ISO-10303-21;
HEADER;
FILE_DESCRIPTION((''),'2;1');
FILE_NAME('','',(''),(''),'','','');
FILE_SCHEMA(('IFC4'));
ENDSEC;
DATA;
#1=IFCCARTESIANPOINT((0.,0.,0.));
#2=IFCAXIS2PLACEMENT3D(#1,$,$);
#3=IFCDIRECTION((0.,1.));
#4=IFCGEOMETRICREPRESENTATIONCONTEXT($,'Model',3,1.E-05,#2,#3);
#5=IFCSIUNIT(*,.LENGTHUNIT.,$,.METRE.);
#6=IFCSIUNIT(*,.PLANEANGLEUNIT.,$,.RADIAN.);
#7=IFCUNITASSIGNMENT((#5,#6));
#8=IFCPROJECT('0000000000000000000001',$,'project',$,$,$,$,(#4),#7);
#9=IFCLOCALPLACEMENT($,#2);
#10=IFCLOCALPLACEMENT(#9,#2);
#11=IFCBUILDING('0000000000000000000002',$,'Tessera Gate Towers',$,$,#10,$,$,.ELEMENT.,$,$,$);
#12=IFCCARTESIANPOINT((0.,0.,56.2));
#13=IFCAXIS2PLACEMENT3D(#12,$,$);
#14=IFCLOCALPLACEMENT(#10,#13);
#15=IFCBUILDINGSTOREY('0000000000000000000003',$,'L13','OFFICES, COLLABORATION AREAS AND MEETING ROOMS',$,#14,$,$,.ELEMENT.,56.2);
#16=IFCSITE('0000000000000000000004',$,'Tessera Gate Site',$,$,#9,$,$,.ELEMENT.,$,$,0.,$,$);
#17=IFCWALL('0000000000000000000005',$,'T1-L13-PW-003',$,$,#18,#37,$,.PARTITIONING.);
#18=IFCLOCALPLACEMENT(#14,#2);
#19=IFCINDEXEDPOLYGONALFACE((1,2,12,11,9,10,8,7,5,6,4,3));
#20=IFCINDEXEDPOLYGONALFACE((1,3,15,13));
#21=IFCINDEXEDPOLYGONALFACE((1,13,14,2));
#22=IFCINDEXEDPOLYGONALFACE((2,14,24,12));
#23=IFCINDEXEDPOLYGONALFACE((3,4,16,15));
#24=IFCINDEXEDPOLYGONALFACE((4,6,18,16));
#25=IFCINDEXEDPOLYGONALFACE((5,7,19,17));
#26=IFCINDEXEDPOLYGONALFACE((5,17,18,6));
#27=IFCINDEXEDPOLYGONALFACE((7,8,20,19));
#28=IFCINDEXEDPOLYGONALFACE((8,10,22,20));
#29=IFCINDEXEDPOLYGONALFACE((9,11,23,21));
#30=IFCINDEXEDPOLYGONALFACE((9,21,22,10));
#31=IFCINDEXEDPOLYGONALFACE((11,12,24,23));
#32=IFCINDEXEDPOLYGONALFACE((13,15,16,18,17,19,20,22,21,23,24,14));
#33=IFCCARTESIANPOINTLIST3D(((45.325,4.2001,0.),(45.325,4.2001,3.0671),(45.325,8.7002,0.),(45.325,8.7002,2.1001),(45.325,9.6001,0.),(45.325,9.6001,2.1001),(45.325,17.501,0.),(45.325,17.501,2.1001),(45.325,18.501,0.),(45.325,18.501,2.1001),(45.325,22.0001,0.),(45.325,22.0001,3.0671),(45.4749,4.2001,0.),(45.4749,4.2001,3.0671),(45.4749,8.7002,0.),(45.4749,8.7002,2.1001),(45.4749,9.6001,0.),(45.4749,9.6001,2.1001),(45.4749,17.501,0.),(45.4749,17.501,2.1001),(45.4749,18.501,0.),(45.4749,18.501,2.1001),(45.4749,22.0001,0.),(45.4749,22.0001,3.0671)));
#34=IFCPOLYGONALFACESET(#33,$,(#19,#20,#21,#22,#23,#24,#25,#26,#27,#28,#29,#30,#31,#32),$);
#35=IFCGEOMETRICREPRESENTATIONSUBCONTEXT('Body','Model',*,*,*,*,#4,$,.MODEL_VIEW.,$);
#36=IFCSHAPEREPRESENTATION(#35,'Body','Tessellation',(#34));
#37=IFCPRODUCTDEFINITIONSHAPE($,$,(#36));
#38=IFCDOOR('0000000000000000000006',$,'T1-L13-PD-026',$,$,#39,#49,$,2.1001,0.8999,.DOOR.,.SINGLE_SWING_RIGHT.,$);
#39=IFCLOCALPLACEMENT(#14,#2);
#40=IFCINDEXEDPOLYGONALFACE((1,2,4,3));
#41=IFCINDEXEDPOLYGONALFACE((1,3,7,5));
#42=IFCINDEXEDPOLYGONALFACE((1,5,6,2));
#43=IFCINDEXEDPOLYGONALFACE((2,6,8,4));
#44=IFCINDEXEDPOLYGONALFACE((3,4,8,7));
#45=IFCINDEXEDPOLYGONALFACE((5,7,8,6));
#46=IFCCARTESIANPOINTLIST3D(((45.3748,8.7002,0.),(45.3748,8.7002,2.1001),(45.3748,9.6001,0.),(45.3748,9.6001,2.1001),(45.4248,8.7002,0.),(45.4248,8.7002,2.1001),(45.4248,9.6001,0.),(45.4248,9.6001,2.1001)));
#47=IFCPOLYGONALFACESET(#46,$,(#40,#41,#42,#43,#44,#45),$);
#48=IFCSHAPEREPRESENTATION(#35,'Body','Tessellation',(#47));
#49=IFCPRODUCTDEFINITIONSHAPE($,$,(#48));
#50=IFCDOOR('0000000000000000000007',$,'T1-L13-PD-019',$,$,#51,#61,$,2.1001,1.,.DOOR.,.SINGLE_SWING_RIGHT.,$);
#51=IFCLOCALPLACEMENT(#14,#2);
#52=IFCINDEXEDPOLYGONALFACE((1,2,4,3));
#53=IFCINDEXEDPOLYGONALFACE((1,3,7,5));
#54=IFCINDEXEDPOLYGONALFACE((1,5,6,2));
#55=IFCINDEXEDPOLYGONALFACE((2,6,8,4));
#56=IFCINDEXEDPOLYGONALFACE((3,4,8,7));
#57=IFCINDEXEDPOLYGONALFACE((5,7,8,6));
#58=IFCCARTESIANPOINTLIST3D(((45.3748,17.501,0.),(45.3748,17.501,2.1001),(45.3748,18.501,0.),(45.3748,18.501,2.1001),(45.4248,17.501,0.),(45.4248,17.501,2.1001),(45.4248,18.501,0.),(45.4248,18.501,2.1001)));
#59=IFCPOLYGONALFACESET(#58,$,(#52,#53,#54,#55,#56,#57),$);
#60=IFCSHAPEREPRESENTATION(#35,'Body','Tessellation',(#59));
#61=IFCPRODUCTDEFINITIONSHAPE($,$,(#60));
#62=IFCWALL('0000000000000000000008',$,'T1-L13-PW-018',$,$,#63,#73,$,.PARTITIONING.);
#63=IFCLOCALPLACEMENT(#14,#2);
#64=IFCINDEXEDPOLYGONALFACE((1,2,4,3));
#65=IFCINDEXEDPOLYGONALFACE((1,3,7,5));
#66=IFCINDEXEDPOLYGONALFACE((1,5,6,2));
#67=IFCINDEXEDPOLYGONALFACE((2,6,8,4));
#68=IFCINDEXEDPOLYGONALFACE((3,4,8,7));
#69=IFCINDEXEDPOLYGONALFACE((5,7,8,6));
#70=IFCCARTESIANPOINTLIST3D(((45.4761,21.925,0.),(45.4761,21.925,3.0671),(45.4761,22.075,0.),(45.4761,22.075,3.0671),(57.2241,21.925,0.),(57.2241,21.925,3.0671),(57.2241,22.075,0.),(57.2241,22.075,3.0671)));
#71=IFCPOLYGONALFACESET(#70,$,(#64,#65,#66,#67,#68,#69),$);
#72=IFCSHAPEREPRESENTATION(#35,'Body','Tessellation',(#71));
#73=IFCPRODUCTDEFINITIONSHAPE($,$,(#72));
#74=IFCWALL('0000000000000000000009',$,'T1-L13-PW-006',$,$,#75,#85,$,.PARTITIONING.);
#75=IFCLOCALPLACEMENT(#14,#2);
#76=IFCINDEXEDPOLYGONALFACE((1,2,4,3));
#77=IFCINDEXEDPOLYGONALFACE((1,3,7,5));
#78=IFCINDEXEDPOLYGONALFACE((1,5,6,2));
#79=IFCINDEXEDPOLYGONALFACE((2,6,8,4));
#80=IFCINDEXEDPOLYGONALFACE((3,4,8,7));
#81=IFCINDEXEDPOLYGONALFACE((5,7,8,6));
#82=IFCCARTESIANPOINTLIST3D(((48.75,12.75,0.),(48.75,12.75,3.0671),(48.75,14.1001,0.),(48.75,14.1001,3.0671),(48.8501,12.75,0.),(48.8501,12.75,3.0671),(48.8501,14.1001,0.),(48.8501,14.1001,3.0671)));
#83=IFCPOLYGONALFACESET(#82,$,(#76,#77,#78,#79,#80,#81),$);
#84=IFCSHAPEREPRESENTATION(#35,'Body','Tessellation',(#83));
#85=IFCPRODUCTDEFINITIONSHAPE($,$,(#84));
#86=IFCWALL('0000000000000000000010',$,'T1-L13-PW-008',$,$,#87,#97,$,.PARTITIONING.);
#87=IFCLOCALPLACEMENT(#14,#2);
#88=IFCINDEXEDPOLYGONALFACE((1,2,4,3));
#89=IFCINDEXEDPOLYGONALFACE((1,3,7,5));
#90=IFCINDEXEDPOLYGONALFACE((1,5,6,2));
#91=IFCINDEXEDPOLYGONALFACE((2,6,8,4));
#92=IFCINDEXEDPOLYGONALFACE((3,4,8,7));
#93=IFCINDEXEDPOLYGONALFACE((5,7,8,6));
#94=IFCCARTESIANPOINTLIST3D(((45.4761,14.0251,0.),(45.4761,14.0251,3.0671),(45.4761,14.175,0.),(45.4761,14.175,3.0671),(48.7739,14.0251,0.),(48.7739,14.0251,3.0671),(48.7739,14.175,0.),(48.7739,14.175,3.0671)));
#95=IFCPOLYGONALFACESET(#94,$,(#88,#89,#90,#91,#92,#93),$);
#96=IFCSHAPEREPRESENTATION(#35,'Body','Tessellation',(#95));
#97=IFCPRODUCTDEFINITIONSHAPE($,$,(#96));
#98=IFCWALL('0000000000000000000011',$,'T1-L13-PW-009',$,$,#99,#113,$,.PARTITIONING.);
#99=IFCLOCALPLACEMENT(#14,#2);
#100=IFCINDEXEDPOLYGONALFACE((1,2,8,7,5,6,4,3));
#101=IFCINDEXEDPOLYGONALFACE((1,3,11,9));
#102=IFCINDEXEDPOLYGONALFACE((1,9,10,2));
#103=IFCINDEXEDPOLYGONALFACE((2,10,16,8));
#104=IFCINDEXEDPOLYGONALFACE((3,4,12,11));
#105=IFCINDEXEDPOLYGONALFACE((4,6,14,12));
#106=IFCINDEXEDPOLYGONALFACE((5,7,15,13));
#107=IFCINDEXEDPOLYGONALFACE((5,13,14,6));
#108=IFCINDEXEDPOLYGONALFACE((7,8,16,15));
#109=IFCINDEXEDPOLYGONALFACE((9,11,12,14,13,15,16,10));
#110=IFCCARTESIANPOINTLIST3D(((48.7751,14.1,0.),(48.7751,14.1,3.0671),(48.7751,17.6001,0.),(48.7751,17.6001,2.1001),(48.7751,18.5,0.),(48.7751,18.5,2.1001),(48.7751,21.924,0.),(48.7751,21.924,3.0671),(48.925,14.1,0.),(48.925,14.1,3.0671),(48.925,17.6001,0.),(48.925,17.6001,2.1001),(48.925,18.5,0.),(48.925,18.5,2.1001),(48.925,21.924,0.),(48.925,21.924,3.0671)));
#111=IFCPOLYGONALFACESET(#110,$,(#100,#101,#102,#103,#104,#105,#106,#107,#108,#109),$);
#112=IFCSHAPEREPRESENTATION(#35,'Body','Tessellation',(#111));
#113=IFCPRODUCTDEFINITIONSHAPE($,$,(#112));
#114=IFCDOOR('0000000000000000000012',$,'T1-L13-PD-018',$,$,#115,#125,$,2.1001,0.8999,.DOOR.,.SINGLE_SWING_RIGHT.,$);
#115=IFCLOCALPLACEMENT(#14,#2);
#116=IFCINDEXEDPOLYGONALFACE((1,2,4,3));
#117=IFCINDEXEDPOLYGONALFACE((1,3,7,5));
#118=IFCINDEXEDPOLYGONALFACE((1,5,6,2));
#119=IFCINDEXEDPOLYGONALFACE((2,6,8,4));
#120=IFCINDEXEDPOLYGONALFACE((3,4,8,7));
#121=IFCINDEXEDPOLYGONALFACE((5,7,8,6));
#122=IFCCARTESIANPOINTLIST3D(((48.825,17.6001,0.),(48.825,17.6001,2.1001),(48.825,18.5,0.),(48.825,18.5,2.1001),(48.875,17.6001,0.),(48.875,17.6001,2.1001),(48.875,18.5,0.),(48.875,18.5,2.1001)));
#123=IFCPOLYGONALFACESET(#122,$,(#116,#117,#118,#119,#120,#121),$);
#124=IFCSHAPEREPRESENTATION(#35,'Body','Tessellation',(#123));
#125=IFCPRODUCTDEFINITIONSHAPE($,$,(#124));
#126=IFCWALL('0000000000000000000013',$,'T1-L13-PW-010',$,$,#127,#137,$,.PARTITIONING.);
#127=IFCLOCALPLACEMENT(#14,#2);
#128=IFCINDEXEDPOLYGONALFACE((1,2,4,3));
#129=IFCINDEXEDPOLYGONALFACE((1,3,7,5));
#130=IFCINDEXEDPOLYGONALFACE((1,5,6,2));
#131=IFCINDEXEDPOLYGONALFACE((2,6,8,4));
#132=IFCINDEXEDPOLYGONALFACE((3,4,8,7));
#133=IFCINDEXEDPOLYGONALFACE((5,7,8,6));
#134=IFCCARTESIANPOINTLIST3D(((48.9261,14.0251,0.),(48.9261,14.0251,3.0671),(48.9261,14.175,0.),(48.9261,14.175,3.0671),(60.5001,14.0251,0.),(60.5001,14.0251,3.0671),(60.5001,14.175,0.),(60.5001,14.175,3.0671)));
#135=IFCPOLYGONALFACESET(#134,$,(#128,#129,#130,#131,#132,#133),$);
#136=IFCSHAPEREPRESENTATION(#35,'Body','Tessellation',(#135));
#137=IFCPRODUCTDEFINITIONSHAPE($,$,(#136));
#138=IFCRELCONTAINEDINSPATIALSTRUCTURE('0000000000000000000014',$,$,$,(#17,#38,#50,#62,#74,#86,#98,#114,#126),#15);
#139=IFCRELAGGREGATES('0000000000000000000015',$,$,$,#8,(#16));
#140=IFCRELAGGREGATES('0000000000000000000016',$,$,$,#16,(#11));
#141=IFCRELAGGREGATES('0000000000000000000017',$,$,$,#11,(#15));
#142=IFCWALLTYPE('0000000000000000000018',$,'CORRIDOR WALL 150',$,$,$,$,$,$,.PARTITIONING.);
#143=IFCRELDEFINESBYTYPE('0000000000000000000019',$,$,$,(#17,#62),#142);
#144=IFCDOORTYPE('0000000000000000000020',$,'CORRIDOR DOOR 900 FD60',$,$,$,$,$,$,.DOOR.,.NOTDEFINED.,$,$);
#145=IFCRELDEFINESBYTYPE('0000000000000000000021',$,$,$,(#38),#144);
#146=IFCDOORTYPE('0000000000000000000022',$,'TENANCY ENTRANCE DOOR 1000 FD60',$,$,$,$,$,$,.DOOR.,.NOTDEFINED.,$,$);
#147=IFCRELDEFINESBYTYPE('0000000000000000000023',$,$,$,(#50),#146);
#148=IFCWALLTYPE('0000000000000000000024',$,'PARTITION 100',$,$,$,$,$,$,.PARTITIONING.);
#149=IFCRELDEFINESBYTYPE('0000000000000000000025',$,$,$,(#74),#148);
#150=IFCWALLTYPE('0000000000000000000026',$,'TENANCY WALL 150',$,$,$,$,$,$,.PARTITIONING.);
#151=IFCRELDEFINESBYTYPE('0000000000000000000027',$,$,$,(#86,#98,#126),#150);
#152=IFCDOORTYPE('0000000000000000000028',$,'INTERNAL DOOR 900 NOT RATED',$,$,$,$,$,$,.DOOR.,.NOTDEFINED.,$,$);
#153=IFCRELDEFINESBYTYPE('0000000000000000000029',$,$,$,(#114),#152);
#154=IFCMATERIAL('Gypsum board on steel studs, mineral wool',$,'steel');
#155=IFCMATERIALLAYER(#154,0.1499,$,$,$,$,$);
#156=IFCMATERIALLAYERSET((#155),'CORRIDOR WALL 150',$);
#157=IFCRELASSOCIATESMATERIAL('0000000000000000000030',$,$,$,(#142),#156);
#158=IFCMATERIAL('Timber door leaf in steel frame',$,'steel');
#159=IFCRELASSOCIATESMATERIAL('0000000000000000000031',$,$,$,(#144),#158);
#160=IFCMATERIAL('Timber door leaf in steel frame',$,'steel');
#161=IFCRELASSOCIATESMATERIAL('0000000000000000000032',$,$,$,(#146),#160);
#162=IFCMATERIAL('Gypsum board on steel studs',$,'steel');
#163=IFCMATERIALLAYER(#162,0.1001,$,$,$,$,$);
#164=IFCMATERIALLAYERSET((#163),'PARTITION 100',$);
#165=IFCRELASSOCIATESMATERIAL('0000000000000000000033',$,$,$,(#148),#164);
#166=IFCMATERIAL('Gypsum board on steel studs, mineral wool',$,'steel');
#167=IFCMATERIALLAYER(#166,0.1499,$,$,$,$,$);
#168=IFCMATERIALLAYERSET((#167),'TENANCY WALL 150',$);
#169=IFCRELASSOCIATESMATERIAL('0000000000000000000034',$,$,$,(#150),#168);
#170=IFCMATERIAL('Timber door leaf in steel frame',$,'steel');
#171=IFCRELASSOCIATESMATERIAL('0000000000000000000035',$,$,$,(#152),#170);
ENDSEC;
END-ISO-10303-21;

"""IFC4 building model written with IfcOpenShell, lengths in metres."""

from ifc_helpers import new_model, si_unit, direction, frame, frame_2d, origin, place, context, subcontext, project, spatial, rectangle, extrude, source, transform, mapped, material, layer, layer_set, type_object, element, fill, save


model = new_model("IFC4")

# Units and contexts
model_context = context("Model", 3, precision=1e-05, world=origin(), true_north=direction((0.0, 1.0)))
body_context = subcontext(model_context, "Body", "Model", "MODEL_VIEW")
ifc_project = project(units=[si_unit("LENGTHUNIT", "METRE"), si_unit("PLANEANGLEUNIT", "RADIAN")], contexts=[model_context])

# Site, building, storey
site_placement = place(None, origin())
site = spatial("IfcSite", under=ifc_project, at=site_placement, Name="Tessera Gate Site", CompositionType="ELEMENT", RefElevation=0.0)
building_placement = place(site_placement, origin())
building = spatial("IfcBuilding", under=site, at=building_placement, Name="Tessera Gate Towers", CompositionType="ELEMENT")
storey_placement = place(building_placement, frame((0.0, 0.0, 56.2)))
storey = spatial("IfcBuildingStorey", under=building, at=storey_placement, Name="L13", Description="OFFICES, COLLABORATION AREAS AND MEETING ROOMS", CompositionType="ELEMENT", Elevation=56.2)

# Wall, openings, doors
ifc_material_1 = material(Name="Gypsum board on steel studs, mineral wool", Category="steel")
ifc_layer_1 = layer(ifc_material_1, 0.1499)
ifc_layer_set_1 = layer_set([ifc_layer_1], Name="CORRIDOR WALL 150")
wall_type_1 = type_object("IfcWallType", Name="CORRIDOR WALL 150", PredefinedType="PARTITIONING", material=ifc_layer_set_1)
wall_1_placement = place(storey_placement, frame((45.3999, 22.0, 0.0), z_axis=(0.0, 0.0, 1.0), x_axis=(0.0, -1.0, 0.0)))
wall_1 = element("IfcWall", 1, at=wall_1_placement, inside=storey, type_object=wall_type_1, Name="T1-L13-PW-003", PredefinedType="PARTITIONING", context=body_context, shape_type="SweptSolid", body=[
    extrude(rectangle(XDim=17.8, YDim=0.1499, at=frame_2d((8.8999, 0.0))), origin(), (0.0, 0.0, 1.0), 3.0671),
])
shared_shape_1 = source(origin(), body_context, "Body", "SweptSolid", [
    extrude(rectangle(XDim=1.0, YDim=2.1001, at=frame_2d((0.5, 1.05))), frame((0.0, 0.085, 0.0), z_axis=(0.0, -1.0, 0.0), x_axis=(1.0, 0.0, 0.0)), (0.0, 0.0, 1.0), 0.1699),
])
opening_1_placement = place(wall_1_placement, frame((3.499, 0.0, 0.0)))
opening_1 = element("IfcOpeningElement", 2, at=opening_1_placement, cuts=wall_1, PredefinedType="OPENING", context=body_context, shape_type="MappedRepresentation", body=[
    mapped(shared_shape_1, transform((0.0, 0.0, 0.0), scale=1.0)),
])
shared_shape_2 = source(origin(), body_context, "Body", "SweptSolid", [
    extrude(rectangle(XDim=0.8999, YDim=2.1001, at=frame_2d((0.45, 1.05))), frame((0.0, 0.085, 0.0), z_axis=(0.0, -1.0, 0.0), x_axis=(1.0, 0.0, 0.0)), (0.0, 0.0, 1.0), 0.1699),
])
opening_2_placement = place(wall_1_placement, frame((12.3999, 0.0, 0.0)))
opening_2 = element("IfcOpeningElement", 3, at=opening_2_placement, cuts=wall_1, PredefinedType="OPENING", context=body_context, shape_type="MappedRepresentation", body=[
    mapped(shared_shape_2, transform((0.0, 0.0, 0.0), scale=1.0)),
])
ifc_material_2 = material(Name="Timber door leaf in steel frame", Category="steel")
door_type_1 = type_object("IfcDoorType", Name="CORRIDOR DOOR 900 FD60", OperationType="NOTDEFINED", PredefinedType="DOOR", material=ifc_material_2)
shared_shape_3 = source(origin(), body_context, "Body", "SweptSolid", [
    extrude(rectangle(XDim=0.8999, YDim=2.1001, at=frame_2d((0.45, 1.05))), frame((0.0, 0.0249, 0.0), z_axis=(0.0, -1.0, 0.0), x_axis=(1.0, 0.0, 0.0)), (0.0, 0.0, 1.0), 0.05),
])
door_1_placement = place(opening_2_placement, origin())
door_1 = element("IfcDoor", 4, at=door_1_placement, inside=storey, type_object=door_type_1, Name="T1-L13-PD-026", OperationType="SINGLE_SWING_RIGHT", OverallHeight=2.1001, OverallWidth=0.8999, PredefinedType="DOOR", context=body_context, shape_type="MappedRepresentation", body=[
    mapped(shared_shape_3, transform((0.0, 0.0, 0.0), scale=1.0)),
])
fill(opening_2, door_1)
ifc_material_3 = material(Name="Timber door leaf in steel frame", Category="steel")
door_type_2 = type_object("IfcDoorType", Name="TENANCY ENTRANCE DOOR 1000 FD60", OperationType="NOTDEFINED", PredefinedType="DOOR", material=ifc_material_3)
shared_shape_4 = source(origin(), body_context, "Body", "SweptSolid", [
    extrude(rectangle(XDim=1.0, YDim=2.1001, at=frame_2d((0.5, 1.05))), frame((0.0, 0.0249, 0.0), z_axis=(0.0, -1.0, 0.0), x_axis=(1.0, 0.0, 0.0)), (0.0, 0.0, 1.0), 0.05),
])
door_2_placement = place(opening_1_placement, origin())
door_2 = element("IfcDoor", 5, at=door_2_placement, inside=storey, type_object=door_type_2, Name="T1-L13-PD-019", OperationType="SINGLE_SWING_RIGHT", OverallHeight=2.1001, OverallWidth=1.0, PredefinedType="DOOR", context=body_context, shape_type="MappedRepresentation", body=[
    mapped(shared_shape_4, transform((0.0, 0.0, 0.0), scale=1.0)),
])
fill(opening_1, door_2)

# Walls
wall_2_placement = place(storey_placement, frame((45.4761, 22.0, 0.0), z_axis=(0.0, 0.0, 1.0), x_axis=(1.0, 0.0, 0.0)))
element("IfcWall", 6, at=wall_2_placement, inside=storey, type_object=wall_type_1, Name="T1-L13-PW-018", PredefinedType="PARTITIONING", context=body_context, shape_type="SweptSolid", body=[
    extrude(rectangle(XDim=11.748, YDim=0.1499, at=frame_2d((5.874, 0.0))), origin(), (0.0, 0.0, 1.0), 3.0671),
])
ifc_material_4 = material(Name="Gypsum board on steel studs", Category="steel")
ifc_layer_2 = layer(ifc_material_4, 0.1001)
ifc_layer_set_2 = layer_set([ifc_layer_2], Name="PARTITION 100")
wall_type_2 = type_object("IfcWallType", Name="PARTITION 100", PredefinedType="PARTITIONING", material=ifc_layer_set_2)
wall_3_placement = place(storey_placement, frame((48.8, 12.75, 0.0), z_axis=(0.0, 0.0, 1.0), x_axis=(0.0, 1.0, 0.0)))
element("IfcWall", 7, at=wall_3_placement, inside=storey, type_object=wall_type_2, Name="T1-L13-PW-006", PredefinedType="PARTITIONING", context=body_context, shape_type="SweptSolid", body=[
    extrude(rectangle(XDim=1.3501, YDim=0.1001, at=frame_2d((0.675, 0.0))), origin(), (0.0, 0.0, 1.0), 3.0671),
])
ifc_material_5 = material(Name="Gypsum board on steel studs, mineral wool", Category="steel")
ifc_layer_3 = layer(ifc_material_5, 0.1499)
ifc_layer_set_3 = layer_set([ifc_layer_3], Name="TENANCY WALL 150")
wall_type_3 = type_object("IfcWallType", Name="TENANCY WALL 150", PredefinedType="PARTITIONING", material=ifc_layer_set_3)
wall_4_placement = place(storey_placement, frame((45.4761, 14.1001, 0.0), z_axis=(0.0, 0.0, 1.0), x_axis=(1.0, 0.0, 0.0)))
element("IfcWall", 8, at=wall_4_placement, inside=storey, type_object=wall_type_3, Name="T1-L13-PW-008", PredefinedType="PARTITIONING", context=body_context, shape_type="SweptSolid", body=[
    extrude(rectangle(XDim=3.2979, YDim=0.1499, at=frame_2d((1.6489, 0.0))), origin(), (0.0, 0.0, 1.0), 3.0671),
])

# Wall, opening, door
wall_5_placement = place(storey_placement, frame((48.8501, 21.9241, 0.0), z_axis=(0.0, 0.0, 1.0), x_axis=(0.0, -1.0, 0.0)))
wall_5 = element("IfcWall", 9, at=wall_5_placement, inside=storey, type_object=wall_type_3, Name="T1-L13-PW-009", PredefinedType="PARTITIONING", context=body_context, shape_type="SweptSolid", body=[
    extrude(rectangle(XDim=7.824, YDim=0.1499, at=frame_2d((3.9121, 0.0))), origin(), (0.0, 0.0, 1.0), 3.0671),
])
opening_3_placement = place(wall_5_placement, frame((3.4241, 0.0, 0.0)))
opening_3 = element("IfcOpeningElement", 10, at=opening_3_placement, cuts=wall_5, PredefinedType="OPENING", context=body_context, shape_type="MappedRepresentation", body=[
    mapped(shared_shape_2, transform((0.0, 0.0, 0.0), scale=1.0)),
])
ifc_material_6 = material(Name="Timber door leaf in steel frame", Category="steel")
door_type_3 = type_object("IfcDoorType", Name="INTERNAL DOOR 900 NOT RATED", OperationType="NOTDEFINED", PredefinedType="DOOR", material=ifc_material_6)
door_3_placement = place(opening_3_placement, origin())
door_3 = element("IfcDoor", 11, at=door_3_placement, inside=storey, type_object=door_type_3, Name="T1-L13-PD-018", OperationType="SINGLE_SWING_RIGHT", OverallHeight=2.1001, OverallWidth=0.8999, PredefinedType="DOOR", context=body_context, shape_type="MappedRepresentation", body=[
    mapped(shared_shape_3, transform((0.0, 0.0, 0.0), scale=1.0)),
])
fill(opening_3, door_3)

# Wall
wall_6_placement = place(storey_placement, frame((48.926, 14.1001, 0.0), z_axis=(0.0, 0.0, 1.0), x_axis=(1.0, 0.0, 0.0)))
element("IfcWall", 12, at=wall_6_placement, inside=storey, type_object=wall_type_3, Name="T1-L13-PW-010", PredefinedType="PARTITIONING", context=body_context, shape_type="SweptSolid", body=[
    extrude(rectangle(XDim=11.574, YDim=0.1499, at=frame_2d((5.7871, 0.0))), origin(), (0.0, 0.0, 1.0), 3.0671),
])

save(model, "model.ifc")
